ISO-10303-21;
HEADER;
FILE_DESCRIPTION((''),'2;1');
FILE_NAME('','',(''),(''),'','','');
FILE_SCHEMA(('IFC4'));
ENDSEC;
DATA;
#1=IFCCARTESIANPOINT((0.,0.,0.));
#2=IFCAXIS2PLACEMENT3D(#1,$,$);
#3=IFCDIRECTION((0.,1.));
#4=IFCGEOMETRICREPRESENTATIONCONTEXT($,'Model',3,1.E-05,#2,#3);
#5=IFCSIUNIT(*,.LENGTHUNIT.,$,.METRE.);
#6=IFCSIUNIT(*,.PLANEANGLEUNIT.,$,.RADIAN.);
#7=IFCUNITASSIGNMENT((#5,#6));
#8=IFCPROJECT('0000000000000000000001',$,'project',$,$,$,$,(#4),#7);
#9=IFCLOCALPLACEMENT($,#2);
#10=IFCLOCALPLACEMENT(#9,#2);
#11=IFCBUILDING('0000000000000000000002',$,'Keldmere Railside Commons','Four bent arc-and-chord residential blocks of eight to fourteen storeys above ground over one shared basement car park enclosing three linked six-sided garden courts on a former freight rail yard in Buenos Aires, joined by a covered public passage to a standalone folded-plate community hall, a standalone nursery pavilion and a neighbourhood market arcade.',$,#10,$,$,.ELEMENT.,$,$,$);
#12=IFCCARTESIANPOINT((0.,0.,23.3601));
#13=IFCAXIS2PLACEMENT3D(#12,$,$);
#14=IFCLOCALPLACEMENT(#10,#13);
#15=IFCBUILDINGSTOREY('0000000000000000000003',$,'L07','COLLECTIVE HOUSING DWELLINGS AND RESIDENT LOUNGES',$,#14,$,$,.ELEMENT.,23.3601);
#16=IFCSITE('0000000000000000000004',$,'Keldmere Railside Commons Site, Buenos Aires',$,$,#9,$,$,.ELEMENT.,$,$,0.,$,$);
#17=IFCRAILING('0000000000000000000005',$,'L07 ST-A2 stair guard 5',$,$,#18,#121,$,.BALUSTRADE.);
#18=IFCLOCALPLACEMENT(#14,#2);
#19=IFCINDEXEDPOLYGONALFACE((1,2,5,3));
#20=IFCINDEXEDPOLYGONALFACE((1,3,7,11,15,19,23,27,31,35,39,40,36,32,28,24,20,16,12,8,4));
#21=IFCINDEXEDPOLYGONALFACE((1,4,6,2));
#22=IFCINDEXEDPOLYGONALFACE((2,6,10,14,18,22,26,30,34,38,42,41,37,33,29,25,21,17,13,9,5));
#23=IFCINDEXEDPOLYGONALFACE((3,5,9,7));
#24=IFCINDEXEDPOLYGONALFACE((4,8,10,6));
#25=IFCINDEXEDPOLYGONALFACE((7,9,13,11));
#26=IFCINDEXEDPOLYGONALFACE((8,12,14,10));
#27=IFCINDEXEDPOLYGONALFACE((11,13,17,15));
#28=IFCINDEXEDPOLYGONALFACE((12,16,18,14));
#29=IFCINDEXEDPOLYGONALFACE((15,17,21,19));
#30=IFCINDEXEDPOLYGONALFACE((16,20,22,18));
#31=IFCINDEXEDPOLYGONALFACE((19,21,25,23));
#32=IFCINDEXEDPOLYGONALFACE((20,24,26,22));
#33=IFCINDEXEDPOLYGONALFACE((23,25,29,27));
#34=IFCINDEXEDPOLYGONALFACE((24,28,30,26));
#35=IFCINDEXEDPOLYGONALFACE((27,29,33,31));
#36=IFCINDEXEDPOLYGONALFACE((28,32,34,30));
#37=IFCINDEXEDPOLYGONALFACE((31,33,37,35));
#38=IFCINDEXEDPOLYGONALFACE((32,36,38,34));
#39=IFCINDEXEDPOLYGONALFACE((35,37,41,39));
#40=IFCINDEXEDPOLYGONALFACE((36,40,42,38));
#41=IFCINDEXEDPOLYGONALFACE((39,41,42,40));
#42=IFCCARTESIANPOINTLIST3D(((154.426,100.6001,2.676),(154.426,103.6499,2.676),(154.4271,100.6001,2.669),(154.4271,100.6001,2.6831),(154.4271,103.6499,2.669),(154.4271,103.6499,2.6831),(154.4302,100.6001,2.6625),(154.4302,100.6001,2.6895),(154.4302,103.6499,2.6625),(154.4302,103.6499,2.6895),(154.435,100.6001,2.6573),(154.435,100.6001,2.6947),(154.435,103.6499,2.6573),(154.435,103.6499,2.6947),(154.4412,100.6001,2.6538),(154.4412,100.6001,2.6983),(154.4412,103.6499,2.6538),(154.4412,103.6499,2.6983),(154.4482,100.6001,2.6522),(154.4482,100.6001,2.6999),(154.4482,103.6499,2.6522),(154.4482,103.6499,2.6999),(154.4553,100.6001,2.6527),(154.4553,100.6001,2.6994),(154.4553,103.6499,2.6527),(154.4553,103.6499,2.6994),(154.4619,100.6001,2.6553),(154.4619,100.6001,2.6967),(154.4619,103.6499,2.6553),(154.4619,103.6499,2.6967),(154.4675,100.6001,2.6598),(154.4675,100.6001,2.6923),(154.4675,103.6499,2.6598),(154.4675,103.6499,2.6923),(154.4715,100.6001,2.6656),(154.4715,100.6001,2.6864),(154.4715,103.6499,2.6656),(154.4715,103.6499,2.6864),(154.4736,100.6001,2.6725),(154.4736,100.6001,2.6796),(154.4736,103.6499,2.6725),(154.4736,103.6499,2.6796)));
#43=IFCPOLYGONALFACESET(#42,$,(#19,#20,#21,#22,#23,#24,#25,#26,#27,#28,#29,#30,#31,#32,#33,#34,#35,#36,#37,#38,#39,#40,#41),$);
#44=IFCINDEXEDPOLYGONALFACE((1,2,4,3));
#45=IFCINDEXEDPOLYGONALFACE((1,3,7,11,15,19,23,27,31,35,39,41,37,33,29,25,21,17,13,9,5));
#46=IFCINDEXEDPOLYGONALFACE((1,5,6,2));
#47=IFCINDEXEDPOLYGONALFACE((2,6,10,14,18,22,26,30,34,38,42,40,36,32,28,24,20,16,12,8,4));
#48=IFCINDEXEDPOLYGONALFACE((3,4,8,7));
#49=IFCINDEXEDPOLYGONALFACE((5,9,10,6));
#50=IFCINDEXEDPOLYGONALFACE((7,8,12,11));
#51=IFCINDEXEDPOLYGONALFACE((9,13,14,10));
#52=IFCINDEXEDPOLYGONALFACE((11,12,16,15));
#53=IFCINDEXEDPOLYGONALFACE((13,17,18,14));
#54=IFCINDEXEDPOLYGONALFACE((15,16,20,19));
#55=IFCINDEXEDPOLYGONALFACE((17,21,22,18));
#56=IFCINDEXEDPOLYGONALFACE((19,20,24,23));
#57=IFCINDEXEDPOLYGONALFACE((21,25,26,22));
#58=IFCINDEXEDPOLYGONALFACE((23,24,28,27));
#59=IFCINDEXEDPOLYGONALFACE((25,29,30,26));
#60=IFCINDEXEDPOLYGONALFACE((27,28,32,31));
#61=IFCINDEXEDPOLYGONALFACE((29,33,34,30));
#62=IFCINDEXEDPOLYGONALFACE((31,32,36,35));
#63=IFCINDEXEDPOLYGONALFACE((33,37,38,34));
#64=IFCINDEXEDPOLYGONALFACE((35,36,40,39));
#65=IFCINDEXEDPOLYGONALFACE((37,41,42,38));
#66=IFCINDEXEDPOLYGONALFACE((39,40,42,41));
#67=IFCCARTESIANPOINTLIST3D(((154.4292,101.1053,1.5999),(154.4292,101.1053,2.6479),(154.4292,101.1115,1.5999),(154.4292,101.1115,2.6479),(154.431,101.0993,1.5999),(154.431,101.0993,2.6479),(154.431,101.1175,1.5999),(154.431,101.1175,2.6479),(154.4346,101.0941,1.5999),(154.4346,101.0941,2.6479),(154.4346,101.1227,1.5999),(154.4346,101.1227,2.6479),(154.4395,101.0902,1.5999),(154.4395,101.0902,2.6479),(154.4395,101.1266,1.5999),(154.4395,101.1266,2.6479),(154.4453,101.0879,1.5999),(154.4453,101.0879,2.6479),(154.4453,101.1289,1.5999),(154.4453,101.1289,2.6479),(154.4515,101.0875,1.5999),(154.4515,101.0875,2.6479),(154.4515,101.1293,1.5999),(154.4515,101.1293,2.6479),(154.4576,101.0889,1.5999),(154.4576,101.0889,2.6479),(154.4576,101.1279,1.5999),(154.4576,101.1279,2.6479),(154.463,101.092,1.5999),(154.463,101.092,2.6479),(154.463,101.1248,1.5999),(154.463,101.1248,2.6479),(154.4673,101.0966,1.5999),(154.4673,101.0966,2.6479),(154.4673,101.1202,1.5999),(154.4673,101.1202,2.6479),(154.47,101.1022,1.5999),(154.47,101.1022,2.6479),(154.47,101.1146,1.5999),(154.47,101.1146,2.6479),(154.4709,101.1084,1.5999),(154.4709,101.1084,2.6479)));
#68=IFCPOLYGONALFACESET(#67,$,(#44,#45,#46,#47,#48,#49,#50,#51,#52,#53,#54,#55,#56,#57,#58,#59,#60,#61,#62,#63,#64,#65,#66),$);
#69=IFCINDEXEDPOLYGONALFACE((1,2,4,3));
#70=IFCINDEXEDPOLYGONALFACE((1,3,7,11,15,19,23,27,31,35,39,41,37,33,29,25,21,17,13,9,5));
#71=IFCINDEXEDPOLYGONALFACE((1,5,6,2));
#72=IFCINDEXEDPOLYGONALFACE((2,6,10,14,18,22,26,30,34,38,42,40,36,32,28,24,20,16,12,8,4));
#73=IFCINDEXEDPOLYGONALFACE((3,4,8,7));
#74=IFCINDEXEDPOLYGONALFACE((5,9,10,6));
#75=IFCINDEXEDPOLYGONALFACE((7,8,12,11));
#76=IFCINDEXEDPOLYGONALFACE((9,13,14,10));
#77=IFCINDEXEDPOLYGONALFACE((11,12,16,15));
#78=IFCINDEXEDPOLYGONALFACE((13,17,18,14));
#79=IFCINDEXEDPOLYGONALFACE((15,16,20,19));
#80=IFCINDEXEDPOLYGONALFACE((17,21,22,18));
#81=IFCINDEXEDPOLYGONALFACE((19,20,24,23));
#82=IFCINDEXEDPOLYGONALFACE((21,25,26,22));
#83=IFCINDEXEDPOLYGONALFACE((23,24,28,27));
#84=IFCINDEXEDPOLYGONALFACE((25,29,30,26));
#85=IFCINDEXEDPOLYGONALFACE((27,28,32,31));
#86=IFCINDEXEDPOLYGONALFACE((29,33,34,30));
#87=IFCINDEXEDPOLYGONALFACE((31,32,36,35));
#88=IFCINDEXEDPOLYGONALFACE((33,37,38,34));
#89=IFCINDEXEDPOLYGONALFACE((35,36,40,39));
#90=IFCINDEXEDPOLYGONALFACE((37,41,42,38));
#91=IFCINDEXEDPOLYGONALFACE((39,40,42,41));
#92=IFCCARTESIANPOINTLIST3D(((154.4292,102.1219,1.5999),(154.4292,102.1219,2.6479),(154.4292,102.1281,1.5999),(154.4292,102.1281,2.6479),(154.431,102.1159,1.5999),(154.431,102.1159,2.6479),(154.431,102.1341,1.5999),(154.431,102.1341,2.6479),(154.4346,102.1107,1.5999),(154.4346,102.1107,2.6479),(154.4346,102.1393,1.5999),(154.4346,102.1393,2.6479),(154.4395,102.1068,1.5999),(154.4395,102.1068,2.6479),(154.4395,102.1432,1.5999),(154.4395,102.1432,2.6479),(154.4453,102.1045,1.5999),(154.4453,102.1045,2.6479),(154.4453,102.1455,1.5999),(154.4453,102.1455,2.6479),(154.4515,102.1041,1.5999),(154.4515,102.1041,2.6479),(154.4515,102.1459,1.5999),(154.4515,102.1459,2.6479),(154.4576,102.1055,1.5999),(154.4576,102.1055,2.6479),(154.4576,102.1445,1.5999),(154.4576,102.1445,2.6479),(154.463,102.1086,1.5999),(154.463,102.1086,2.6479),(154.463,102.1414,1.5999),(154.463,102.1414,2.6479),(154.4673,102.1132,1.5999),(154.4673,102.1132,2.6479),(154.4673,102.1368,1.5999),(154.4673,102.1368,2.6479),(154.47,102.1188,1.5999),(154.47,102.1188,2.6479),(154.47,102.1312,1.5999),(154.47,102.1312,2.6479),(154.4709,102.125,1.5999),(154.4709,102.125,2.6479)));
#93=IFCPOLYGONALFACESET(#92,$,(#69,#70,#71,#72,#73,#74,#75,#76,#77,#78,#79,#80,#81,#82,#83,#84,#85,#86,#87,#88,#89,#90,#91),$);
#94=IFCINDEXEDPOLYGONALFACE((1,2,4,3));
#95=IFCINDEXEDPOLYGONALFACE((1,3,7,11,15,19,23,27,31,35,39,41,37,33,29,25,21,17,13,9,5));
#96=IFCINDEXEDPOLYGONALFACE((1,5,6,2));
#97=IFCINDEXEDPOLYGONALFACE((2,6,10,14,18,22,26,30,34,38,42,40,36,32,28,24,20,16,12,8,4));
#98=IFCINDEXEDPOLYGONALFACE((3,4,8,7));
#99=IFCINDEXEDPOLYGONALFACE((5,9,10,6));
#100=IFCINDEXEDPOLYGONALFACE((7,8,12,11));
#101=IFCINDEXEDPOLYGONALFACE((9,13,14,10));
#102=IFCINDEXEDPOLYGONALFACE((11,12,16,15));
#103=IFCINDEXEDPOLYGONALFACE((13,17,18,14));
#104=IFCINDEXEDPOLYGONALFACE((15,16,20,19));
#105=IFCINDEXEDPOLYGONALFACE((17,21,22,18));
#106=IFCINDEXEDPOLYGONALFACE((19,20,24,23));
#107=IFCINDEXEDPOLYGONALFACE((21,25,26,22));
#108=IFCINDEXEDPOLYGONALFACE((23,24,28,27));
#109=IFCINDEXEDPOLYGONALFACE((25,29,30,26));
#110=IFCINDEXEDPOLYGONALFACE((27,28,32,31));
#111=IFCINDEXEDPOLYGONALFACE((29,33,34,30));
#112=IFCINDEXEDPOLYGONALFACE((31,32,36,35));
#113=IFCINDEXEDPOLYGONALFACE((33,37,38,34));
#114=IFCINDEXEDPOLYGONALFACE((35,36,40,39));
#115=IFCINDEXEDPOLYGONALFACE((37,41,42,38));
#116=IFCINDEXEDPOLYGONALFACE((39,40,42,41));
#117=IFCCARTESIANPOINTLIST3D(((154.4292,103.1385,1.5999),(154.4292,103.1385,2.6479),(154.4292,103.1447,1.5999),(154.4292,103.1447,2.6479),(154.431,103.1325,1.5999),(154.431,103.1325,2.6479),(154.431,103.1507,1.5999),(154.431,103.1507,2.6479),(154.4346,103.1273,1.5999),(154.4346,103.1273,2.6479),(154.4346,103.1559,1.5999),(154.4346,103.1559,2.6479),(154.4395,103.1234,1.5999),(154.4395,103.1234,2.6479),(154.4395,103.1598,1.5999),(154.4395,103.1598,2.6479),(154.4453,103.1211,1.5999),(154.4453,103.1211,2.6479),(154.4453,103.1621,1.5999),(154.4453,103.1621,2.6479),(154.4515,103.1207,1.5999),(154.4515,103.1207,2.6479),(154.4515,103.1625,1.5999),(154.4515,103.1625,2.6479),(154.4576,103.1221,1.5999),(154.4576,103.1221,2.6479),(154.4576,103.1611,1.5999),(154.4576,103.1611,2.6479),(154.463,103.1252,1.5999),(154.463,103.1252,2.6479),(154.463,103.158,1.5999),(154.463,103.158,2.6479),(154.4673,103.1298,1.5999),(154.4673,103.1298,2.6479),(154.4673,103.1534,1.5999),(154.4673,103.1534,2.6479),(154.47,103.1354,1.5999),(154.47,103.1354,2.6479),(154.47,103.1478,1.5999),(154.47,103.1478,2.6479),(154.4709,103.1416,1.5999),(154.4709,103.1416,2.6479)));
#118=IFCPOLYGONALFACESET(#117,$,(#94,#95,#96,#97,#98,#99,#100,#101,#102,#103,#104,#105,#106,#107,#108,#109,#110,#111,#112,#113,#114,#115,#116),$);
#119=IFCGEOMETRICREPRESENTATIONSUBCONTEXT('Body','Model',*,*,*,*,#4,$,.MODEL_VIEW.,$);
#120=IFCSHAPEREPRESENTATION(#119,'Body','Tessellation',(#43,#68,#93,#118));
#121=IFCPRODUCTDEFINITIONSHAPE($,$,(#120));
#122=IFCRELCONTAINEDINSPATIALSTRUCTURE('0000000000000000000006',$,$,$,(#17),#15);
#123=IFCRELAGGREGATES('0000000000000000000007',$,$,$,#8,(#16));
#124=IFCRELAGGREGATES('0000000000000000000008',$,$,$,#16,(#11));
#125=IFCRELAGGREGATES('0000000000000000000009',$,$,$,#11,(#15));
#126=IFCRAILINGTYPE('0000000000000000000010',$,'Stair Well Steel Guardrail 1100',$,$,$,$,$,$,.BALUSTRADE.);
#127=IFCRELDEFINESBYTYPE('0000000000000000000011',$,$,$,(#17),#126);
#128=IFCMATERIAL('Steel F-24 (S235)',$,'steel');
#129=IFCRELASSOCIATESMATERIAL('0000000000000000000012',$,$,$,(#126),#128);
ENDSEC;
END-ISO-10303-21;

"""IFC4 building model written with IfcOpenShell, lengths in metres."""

from ifc_helpers import new_model, si_unit, direction, frame, origin, origin_2d, place, context, subcontext, project, spatial, circle, extrude, material, type_object, element, save


model = new_model("IFC4")

# Units and contexts
model_context = context("Model", 3, precision=1e-05, world=origin(), true_north=direction((0.0, 1.0)))
body_context = subcontext(model_context, "Body", "Model", "MODEL_VIEW")
ifc_project = project(units=[si_unit("LENGTHUNIT", "METRE"), si_unit("PLANEANGLEUNIT", "RADIAN")], contexts=[model_context])

# Site, building, storey
site_placement = place(None, origin())
site = spatial("IfcSite", under=ifc_project, at=site_placement, Name="Keldmere Railside Commons Site, Buenos Aires", CompositionType="ELEMENT", RefElevation=0.0)
building_placement = place(site_placement, origin())
building = spatial("IfcBuilding", under=site, at=building_placement, Name="Keldmere Railside Commons", Description="Four bent arc-and-chord residential blocks of eight to fourteen storeys above ground over one shared basement car park enclosing three linked six-sided garden courts on a former freight rail yard in Buenos Aires, joined by a covered public passage to a standalone folded-plate community hall, a standalone nursery pavilion and a neighbourhood market arcade.", CompositionType="ELEMENT")
storey_placement = place(building_placement, frame((0.0, 0.0, 23.3601)))
storey = spatial("IfcBuildingStorey", under=building, at=storey_placement, Name="L07", Description="COLLECTIVE HOUSING DWELLINGS AND RESIDENT LOUNGES", CompositionType="ELEMENT", Elevation=23.3601)

# Railing
ifc_material_1 = material(Name="Steel F-24 (S235)", Category="steel")
railing_type_1 = type_object("IfcRailingType", Name="Stair Well Steel Guardrail 1100", PredefinedType="BALUSTRADE", material=ifc_material_1)
railing_1_placement = place(storey_placement, frame((154.45, 100.6001, 1.5999)))
element("IfcRailing", 1, at=railing_1_placement, inside=storey, type_object=railing_type_1, Name="L07 ST-A2 stair guard 5", PredefinedType="BALUSTRADE", context=body_context, shape_type="SweptSolid", body=[
    extrude(circle(Radius=0.0239, at=origin_2d()), frame((0.0, 0.0, 1.0762), z_axis=(0.0, 1.0, 0.0), x_axis=(-1.0, 0.0, 0.0)), (0.0, 0.0, 1.0), 3.0498),
    extrude(circle(Radius=0.021, at=origin_2d()), frame((0.0, 0.5083, 0.0)), (0.0, 0.0, 1.0), 1.0481),
    extrude(circle(Radius=0.021, at=origin_2d()), frame((0.0, 1.5249, 0.0)), (0.0, 0.0, 1.0), 1.0481),
    extrude(circle(Radius=0.021, at=origin_2d()), frame((0.0, 2.5415, 0.0)), (0.0, 0.0, 1.0), 1.0481),
])

save(model, "model.ifc")
